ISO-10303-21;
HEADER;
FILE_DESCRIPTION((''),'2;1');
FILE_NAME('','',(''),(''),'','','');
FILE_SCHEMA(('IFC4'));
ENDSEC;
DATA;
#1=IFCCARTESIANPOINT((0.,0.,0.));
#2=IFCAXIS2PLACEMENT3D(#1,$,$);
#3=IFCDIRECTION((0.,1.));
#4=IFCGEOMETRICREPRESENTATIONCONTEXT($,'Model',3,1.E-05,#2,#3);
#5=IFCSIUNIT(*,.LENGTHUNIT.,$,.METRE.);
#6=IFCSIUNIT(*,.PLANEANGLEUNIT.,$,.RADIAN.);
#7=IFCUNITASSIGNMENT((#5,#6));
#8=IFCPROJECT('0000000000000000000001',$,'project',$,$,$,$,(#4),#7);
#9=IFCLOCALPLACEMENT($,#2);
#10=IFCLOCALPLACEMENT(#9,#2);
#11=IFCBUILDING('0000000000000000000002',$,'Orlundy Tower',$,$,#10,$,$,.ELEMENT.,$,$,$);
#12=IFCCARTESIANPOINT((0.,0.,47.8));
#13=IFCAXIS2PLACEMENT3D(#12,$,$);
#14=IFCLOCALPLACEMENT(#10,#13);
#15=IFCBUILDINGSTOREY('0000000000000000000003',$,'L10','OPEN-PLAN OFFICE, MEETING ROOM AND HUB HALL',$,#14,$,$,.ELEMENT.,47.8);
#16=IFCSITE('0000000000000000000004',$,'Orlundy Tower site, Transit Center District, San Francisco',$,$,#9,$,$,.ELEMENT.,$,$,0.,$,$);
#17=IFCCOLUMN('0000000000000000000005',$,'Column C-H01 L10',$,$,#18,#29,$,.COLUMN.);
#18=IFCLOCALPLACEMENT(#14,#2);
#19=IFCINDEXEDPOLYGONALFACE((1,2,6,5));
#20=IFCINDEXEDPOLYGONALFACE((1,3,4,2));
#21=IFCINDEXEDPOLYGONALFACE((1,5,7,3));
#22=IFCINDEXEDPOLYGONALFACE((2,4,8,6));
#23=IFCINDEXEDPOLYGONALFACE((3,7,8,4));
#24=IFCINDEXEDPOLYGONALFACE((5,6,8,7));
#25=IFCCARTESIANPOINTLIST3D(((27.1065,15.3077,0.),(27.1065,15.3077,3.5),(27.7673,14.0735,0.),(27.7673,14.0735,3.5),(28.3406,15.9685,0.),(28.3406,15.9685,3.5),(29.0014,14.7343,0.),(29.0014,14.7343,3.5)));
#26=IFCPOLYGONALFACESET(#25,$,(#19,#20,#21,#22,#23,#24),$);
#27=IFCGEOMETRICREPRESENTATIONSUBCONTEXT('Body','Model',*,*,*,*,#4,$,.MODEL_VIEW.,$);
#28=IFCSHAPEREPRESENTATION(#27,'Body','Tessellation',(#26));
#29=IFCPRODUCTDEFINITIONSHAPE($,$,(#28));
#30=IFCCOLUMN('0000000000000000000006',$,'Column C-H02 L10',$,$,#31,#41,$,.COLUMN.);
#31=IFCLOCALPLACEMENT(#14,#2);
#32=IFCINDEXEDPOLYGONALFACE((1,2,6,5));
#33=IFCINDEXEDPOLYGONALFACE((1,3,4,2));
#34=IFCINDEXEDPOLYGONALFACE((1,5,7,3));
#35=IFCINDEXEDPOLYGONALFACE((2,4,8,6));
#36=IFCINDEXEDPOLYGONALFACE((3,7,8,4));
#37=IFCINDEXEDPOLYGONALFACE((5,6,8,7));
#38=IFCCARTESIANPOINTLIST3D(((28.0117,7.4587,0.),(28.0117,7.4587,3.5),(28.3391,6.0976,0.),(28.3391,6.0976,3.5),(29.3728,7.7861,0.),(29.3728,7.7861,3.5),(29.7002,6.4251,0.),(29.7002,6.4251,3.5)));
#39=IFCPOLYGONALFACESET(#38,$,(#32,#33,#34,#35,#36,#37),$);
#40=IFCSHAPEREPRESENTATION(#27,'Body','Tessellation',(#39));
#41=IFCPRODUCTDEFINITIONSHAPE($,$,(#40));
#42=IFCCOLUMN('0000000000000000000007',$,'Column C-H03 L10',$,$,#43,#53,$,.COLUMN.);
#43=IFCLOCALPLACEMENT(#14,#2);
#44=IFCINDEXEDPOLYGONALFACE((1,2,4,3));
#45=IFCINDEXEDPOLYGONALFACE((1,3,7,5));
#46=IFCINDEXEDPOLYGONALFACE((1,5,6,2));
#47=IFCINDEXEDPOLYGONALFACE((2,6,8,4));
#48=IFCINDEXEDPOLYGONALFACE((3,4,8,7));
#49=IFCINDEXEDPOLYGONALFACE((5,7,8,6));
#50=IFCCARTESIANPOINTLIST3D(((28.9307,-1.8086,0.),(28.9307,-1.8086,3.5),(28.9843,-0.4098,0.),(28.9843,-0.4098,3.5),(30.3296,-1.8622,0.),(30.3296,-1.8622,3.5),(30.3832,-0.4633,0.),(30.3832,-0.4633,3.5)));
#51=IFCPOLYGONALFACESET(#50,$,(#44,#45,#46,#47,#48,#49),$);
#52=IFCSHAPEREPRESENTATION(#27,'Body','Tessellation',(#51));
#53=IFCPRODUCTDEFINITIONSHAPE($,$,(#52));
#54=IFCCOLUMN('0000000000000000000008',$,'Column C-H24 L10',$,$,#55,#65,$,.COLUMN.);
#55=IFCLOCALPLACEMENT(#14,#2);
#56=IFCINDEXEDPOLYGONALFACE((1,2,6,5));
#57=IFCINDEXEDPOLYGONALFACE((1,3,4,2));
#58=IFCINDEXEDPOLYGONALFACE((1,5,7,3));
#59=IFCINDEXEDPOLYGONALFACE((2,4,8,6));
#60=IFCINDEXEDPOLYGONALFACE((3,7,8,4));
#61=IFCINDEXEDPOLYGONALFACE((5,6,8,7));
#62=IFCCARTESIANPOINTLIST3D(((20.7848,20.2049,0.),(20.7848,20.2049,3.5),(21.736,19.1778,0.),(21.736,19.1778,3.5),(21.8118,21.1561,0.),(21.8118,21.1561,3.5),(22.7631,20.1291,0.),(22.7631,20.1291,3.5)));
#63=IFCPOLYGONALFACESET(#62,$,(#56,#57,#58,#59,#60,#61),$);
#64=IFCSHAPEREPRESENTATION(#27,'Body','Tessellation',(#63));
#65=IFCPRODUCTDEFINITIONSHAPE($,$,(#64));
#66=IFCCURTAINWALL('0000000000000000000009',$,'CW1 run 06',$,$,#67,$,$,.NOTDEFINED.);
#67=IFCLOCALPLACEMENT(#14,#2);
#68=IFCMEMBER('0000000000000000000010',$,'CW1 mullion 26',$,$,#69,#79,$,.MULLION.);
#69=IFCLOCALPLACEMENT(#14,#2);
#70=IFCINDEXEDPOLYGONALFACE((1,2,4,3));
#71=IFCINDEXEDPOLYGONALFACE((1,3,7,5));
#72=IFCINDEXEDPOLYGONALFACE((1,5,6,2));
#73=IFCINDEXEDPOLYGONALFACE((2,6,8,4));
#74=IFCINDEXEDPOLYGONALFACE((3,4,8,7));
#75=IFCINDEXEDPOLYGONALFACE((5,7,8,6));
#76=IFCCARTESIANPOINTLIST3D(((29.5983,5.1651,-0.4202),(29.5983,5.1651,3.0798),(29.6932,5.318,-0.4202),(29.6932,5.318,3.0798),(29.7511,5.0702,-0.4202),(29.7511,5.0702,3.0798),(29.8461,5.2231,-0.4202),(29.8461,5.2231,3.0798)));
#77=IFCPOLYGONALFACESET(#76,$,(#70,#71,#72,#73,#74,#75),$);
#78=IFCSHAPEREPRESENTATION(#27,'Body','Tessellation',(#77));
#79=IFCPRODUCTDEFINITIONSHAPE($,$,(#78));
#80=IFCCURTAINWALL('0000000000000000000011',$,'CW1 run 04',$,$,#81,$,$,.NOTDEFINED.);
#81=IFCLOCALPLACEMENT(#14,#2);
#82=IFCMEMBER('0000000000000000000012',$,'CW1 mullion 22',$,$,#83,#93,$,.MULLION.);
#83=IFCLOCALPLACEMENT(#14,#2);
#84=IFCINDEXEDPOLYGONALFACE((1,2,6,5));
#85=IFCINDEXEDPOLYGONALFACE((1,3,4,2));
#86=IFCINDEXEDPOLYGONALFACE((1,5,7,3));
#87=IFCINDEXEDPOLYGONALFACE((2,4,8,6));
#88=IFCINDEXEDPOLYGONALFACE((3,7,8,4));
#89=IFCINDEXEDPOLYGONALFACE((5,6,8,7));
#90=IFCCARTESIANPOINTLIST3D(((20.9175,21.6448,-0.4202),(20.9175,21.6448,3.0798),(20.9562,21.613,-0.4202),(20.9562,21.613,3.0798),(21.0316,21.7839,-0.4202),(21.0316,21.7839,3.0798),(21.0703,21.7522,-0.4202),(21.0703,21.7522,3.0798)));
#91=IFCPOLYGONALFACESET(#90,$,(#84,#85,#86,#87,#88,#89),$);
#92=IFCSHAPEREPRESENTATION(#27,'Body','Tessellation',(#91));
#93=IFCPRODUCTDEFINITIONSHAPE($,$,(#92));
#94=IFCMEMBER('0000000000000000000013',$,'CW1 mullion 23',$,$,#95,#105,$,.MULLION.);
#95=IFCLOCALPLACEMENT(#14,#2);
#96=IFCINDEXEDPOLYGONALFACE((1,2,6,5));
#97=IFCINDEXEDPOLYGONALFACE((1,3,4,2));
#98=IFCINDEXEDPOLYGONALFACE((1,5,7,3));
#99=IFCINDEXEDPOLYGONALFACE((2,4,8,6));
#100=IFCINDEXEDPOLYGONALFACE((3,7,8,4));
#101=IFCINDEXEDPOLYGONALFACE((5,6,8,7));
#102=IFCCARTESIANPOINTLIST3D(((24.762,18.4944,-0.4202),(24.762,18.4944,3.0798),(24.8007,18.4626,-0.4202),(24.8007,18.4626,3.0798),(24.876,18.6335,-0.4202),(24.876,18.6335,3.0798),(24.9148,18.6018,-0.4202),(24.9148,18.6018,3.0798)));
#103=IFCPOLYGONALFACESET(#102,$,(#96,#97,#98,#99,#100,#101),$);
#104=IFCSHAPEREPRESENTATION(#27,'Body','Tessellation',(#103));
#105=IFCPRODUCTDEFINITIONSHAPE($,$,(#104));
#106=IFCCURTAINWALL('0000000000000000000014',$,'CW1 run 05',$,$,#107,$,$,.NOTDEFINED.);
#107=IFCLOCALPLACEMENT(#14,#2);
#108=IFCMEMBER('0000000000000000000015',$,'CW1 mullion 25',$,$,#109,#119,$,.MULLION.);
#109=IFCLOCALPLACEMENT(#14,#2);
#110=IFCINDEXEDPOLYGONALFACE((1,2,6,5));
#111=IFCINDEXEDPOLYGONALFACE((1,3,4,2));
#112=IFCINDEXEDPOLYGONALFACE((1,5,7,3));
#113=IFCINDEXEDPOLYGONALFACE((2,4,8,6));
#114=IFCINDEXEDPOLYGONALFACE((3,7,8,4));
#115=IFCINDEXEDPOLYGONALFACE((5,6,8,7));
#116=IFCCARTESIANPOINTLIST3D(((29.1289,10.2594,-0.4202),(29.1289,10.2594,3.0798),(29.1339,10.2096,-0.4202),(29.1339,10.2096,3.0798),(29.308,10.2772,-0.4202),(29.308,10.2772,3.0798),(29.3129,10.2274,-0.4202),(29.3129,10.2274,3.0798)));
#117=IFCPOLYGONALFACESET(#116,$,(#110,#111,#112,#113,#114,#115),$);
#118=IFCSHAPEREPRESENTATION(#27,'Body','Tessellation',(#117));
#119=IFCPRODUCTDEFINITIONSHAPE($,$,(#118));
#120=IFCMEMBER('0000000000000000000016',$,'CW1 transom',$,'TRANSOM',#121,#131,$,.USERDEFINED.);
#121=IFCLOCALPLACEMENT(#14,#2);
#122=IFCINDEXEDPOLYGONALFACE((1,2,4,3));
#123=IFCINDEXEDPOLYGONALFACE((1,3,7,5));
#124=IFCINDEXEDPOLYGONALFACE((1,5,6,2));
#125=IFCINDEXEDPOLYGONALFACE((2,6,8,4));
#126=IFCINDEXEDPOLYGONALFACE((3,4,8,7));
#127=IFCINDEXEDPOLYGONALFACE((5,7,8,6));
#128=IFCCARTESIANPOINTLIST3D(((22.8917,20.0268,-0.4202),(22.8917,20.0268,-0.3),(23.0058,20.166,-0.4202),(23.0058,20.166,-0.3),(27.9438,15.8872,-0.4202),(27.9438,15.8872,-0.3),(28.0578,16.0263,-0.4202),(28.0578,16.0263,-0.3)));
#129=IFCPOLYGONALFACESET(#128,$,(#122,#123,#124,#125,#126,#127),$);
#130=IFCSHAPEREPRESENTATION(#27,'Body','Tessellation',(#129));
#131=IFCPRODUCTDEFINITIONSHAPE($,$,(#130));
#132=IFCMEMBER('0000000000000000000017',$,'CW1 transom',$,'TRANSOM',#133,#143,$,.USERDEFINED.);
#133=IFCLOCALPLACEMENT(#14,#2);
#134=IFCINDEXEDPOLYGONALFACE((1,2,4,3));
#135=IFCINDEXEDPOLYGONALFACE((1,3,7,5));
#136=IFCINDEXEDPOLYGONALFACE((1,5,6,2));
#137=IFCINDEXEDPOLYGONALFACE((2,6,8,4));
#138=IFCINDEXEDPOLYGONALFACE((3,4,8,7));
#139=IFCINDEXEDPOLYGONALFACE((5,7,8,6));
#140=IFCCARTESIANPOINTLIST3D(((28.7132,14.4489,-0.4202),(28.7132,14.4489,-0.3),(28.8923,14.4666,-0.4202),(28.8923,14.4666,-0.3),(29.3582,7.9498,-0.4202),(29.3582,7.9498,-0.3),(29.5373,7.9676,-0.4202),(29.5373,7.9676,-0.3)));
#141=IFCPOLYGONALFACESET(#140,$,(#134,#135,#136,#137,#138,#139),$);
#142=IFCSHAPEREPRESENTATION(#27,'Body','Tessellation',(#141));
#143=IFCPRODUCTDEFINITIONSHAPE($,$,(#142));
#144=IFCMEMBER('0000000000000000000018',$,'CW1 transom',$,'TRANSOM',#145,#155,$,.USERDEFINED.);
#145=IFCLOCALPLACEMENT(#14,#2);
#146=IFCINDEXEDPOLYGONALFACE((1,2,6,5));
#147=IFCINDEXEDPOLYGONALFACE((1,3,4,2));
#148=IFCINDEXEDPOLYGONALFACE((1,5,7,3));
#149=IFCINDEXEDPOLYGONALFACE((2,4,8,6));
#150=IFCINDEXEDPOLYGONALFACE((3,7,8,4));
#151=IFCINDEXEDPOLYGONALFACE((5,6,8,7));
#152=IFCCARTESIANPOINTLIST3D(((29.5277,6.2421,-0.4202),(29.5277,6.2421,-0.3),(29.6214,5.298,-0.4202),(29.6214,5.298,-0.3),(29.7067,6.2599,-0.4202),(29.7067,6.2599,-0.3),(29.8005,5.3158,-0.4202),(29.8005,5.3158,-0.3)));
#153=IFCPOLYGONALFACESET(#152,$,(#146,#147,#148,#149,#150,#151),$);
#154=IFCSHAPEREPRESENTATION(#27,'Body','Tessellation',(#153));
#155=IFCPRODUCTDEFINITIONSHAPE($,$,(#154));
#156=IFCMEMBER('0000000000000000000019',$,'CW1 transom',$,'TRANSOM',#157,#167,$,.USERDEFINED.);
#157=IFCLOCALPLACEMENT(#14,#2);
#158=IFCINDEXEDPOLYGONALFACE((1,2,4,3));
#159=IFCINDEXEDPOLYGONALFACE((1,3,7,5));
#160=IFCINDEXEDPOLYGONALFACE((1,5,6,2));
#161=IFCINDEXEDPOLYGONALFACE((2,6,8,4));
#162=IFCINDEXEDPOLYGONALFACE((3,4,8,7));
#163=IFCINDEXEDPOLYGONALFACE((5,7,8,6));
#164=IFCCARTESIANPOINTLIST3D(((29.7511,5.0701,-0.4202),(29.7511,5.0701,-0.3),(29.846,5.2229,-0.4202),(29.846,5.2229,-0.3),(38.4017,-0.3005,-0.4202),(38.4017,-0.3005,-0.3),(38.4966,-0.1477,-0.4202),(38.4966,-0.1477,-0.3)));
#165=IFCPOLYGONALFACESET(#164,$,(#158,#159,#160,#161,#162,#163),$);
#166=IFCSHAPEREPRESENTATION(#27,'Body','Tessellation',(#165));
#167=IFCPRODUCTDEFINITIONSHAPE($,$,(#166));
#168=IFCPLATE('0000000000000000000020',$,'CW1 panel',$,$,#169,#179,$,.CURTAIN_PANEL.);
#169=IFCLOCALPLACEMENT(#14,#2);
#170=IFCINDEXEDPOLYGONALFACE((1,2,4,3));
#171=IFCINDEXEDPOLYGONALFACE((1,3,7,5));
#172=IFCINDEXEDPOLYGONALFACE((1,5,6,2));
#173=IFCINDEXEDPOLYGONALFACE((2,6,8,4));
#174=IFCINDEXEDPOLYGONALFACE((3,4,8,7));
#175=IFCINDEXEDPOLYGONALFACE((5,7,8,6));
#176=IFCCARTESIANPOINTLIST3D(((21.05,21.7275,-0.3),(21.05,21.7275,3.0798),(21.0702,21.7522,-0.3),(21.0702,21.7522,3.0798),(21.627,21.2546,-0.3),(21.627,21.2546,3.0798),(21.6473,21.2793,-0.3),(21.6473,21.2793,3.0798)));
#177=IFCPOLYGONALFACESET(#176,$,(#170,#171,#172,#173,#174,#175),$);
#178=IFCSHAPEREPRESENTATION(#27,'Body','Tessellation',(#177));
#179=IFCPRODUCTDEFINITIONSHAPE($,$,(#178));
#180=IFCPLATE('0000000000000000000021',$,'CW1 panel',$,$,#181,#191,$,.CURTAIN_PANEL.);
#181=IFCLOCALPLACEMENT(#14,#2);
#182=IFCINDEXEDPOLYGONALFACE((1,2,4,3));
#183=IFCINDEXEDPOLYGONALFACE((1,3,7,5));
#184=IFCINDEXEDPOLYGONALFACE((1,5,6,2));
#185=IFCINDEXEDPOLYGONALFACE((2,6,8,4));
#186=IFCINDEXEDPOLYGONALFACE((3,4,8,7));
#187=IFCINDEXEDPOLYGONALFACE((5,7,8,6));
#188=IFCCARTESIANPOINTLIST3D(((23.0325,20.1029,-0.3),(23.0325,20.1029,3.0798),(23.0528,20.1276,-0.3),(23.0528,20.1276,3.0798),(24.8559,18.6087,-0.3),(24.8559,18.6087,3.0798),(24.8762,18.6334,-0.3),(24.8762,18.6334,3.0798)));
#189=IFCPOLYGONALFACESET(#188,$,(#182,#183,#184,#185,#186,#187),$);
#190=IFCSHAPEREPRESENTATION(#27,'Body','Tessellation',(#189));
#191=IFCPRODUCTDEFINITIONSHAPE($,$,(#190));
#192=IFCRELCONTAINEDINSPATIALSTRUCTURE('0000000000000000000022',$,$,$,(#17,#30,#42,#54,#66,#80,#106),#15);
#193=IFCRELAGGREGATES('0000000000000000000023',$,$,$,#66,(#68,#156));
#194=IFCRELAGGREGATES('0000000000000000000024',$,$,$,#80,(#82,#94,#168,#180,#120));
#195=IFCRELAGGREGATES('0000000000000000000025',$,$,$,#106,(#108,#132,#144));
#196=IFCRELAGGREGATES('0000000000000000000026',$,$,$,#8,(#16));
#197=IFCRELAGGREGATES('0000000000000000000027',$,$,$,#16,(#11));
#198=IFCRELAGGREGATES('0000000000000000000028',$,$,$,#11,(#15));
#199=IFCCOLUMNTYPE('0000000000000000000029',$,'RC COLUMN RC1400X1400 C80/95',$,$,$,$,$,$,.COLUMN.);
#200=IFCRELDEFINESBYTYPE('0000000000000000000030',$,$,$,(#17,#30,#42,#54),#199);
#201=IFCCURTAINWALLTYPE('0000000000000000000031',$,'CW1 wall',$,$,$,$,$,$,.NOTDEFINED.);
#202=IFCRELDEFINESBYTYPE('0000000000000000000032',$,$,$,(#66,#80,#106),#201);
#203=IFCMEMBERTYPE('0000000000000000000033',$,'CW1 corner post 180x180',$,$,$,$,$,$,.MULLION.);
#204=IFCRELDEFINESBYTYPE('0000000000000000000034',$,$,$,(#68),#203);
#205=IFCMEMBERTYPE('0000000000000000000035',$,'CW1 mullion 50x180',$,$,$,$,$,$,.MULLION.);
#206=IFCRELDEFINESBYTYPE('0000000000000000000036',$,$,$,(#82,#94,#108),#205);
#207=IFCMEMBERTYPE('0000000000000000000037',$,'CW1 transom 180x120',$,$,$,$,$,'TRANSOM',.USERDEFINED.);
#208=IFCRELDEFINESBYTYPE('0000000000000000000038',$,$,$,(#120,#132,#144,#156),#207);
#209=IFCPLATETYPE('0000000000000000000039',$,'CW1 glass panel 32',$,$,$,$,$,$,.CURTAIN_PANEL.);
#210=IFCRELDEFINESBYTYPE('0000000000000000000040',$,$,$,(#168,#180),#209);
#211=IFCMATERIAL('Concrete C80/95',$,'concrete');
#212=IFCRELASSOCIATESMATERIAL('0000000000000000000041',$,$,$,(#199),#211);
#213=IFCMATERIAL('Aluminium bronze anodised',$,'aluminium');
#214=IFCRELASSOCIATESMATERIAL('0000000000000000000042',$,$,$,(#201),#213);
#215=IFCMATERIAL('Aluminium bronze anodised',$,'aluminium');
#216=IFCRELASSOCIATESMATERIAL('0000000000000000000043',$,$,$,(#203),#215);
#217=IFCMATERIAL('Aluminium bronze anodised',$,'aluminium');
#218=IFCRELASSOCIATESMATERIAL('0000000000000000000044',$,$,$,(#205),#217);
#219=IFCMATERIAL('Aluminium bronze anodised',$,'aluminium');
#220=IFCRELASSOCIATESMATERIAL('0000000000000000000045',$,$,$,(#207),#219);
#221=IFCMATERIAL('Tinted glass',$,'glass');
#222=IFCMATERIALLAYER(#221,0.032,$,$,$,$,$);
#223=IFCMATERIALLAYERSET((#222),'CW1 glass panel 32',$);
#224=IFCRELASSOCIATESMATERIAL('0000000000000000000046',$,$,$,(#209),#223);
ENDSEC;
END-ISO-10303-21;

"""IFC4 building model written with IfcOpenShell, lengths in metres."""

from ifc_helpers import new_model, si_unit, direction, frame, origin, origin_2d, place, context, subcontext, project, spatial, rectangle, extrude, material, layer, layer_set, material_profile, profile_set, type_object, element, aggregate, save


model = new_model("IFC4")

# Units and contexts
model_context = context("Model", 3, precision=1e-05, world=origin(), true_north=direction((0.0, 1.0)))
body_context = subcontext(model_context, "Body", "Model", "MODEL_VIEW")
ifc_project = project(units=[si_unit("LENGTHUNIT", "METRE"), si_unit("PLANEANGLEUNIT", "RADIAN")], contexts=[model_context])

# Site, building, storey
site_placement = place(None, origin())
site = spatial("IfcSite", under=ifc_project, at=site_placement, Name="Orlundy Tower site, Transit Center District, San Francisco", CompositionType="ELEMENT", RefElevation=0.0)
building_placement = place(site_placement, origin())
building = spatial("IfcBuilding", under=site, at=building_placement, Name="Orlundy Tower", CompositionType="ELEMENT")
storey_placement = place(building_placement, frame((0.0, 0.0, 47.8)))
storey = spatial("IfcBuildingStorey", under=building, at=storey_placement, Name="L10", Description="OPEN-PLAN OFFICE, MEETING ROOM AND HUB HALL", CompositionType="ELEMENT", Elevation=47.8)

# Columns
ifc_material_1 = material(Name="Concrete C80/95", Category="concrete")
ifc_material_profile_1 = material_profile(ifc_material_1, rectangle(XDim=1.3999, YDim=1.3999, at=origin_2d()), Name="RC1400X1400")
ifc_profile_set_1 = profile_set([ifc_material_profile_1], Name="Concrete C80/95")
column_type = type_object("IfcColumnType", Name="RC COLUMN RC1400X1400 C80/95", PredefinedType="COLUMN", material=ifc_profile_set_1)
for number, where, z_axis, x_axis, name in (
    (1, (28.054, 15.021, 0.0), (0.0, 0.0, 1.0), (0.881584, 0.472028, 0.0), "Column C-H01 L10"),
    (2, (28.856, 6.9419, 0.0), (0.0, 0.0, 1.0), (0.97226, 0.233904, 0.0), "Column C-H02 L10"),
    (3, (29.657, -1.136, 0.0), (0.0, 0.0, 1.0), (0.999267, -0.038283, 0.0), "Column C-H03 L10"),
    (4, (21.7739, 20.167, 0.0), (0.0, 0.0, 1.0), (0.733659, 0.679518, 0.0), "Column C-H24 L10"),
):
    element("IfcColumn", number, at=place(storey_placement, frame(where, z_axis=z_axis, x_axis=x_axis)), inside=storey, type_object=column_type, Name=name, PredefinedType="COLUMN", context=body_context, shape_type="SweptSolid", body=[
        extrude(rectangle(XDim=1.3999, YDim=1.3999, at=origin_2d()), origin(), (0.0, 0.0, 1.0), 3.5),
    ])

# Curtain wall, member
ifc_material_2 = material(Name="Aluminium bronze anodised", Category="aluminium")
curtain_wall_type = type_object("IfcCurtainWallType", Name="CW1 wall", PredefinedType="NOTDEFINED", material=ifc_material_2)
curtain_wall_1_placement = place(storey_placement, origin())
curtain_wall_1 = element("IfcCurtainWall", 5, at=curtain_wall_1_placement, inside=storey, type_object=curtain_wall_type, Name="CW1 run 06", PredefinedType="NOTDEFINED")
ifc_material_3 = material(Name="Aluminium bronze anodised", Category="aluminium")
ifc_material_profile_2 = material_profile(ifc_material_3, rectangle(XDim=0.1799, YDim=0.1799, at=origin_2d()), Name="CW1 corner post 180x180")
ifc_profile_set_2 = profile_set([ifc_material_profile_2], Name="Aluminium bronze anodised")
member_type_1 = type_object("IfcMemberType", Name="CW1 corner post 180x180", PredefinedType="MULLION", material=ifc_profile_set_2)
member_1_placement = place(storey_placement, frame((29.7222, 5.1941, -0.4202), z_axis=(0.0, 0.0, 1.0), x_axis=(0.527453, 0.849584, 0.0)))
member_1 = element("IfcMember", 6, at=member_1_placement, type_object=member_type_1, Name="CW1 mullion 26", PredefinedType="MULLION", context=body_context, shape_type="SweptSolid", body=[
    extrude(rectangle(XDim=0.1799, YDim=0.1799, at=origin_2d()), origin(), (0.0, 0.0, 1.0), 3.5),
])

# Curtain wall, members
curtain_wall_2_placement = place(storey_placement, origin())
curtain_wall_2 = element("IfcCurtainWall", 7, at=curtain_wall_2_placement, inside=storey, type_object=curtain_wall_type, Name="CW1 run 04", PredefinedType="NOTDEFINED")
ifc_material_4 = material(Name="Aluminium bronze anodised", Category="aluminium")
ifc_material_profile_3 = material_profile(ifc_material_4, rectangle(XDim=0.1799, YDim=0.05, at=origin_2d()), Name="CW1 mullion 50x180")
ifc_profile_set_3 = profile_set([ifc_material_profile_3], Name="Aluminium bronze anodised")
member_type_2 = type_object("IfcMemberType", Name="CW1 mullion 50x180", PredefinedType="MULLION", material=ifc_profile_set_3)
member_2_placement = place(storey_placement, frame((20.9939, 21.6985, -0.4202), z_axis=(0.0, 0.0, 1.0), x_axis=(0.633818, 0.773482, 0.0)))
member_2 = element("IfcMember", 8, at=member_2_placement, type_object=member_type_2, Name="CW1 mullion 22", PredefinedType="MULLION", context=body_context, shape_type="SweptSolid", body=[
    extrude(rectangle(XDim=0.1799, YDim=0.05, at=origin_2d()), origin(), (0.0, 0.0, 1.0), 3.5),
])
member_3_placement = place(storey_placement, frame((24.8384, 18.5481, -0.4202), z_axis=(0.0, 0.0, 1.0), x_axis=(0.633818, 0.773482, 0.0)))
member_3 = element("IfcMember", 9, at=member_3_placement, type_object=member_type_2, Name="CW1 mullion 23", PredefinedType="MULLION", context=body_context, shape_type="SweptSolid", body=[
    extrude(rectangle(XDim=0.1799, YDim=0.05, at=origin_2d()), origin(), (0.0, 0.0, 1.0), 3.5),
])

# Curtain wall, member
curtain_wall_3_placement = place(storey_placement, origin())
curtain_wall_3 = element("IfcCurtainWall", 10, at=curtain_wall_3_placement, inside=storey, type_object=curtain_wall_type, Name="CW1 run 05", PredefinedType="NOTDEFINED")
member_4_placement = place(storey_placement, frame((29.2209, 10.2434, -0.4202), z_axis=(0.0, 0.0, 1.0), x_axis=(0.995111, 0.098759, 0.0)))
member_4 = element("IfcMember", 11, at=member_4_placement, type_object=member_type_2, Name="CW1 mullion 25", PredefinedType="MULLION", context=body_context, shape_type="SweptSolid", body=[
    extrude(rectangle(XDim=0.1799, YDim=0.05, at=origin_2d()), origin(), (0.0, 0.0, 1.0), 3.5),
])

# Members
ifc_material_5 = material(Name="Aluminium bronze anodised", Category="aluminium")
ifc_material_profile_4 = material_profile(ifc_material_5, rectangle(XDim=0.1799, YDim=0.1201, at=origin_2d()), Name="CW1 transom 180x120")
ifc_profile_set_4 = profile_set([ifc_material_profile_4], Name="Aluminium bronze anodised")
member_type_3 = type_object("IfcMemberType", Name="CW1 transom 180x120", ElementType="TRANSOM", PredefinedType="USERDEFINED", material=ifc_profile_set_4)
member_5_placement = place(storey_placement, frame((22.9487, 20.0964, -0.3601), z_axis=(0.773492, -0.633806, 0.0), x_axis=(0.633806, 0.773492, 0.0)))
member_5 = element("IfcMember", 12, at=member_5_placement, type_object=member_type_3, Name="CW1 transom", ObjectType="TRANSOM", PredefinedType="USERDEFINED", context=body_context, shape_type="SweptSolid", body=[
    extrude(rectangle(XDim=0.1799, YDim=0.1201, at=origin_2d()), origin(), (0.0, 0.0, 1.0), 6.5315),
])
member_6_placement = place(storey_placement, frame((28.8027, 14.4578, -0.3601), z_axis=(0.098763, -0.995111, 0.0), x_axis=(0.995111, 0.098763, 0.0)))
member_6 = element("IfcMember", 13, at=member_6_placement, type_object=member_type_3, Name="CW1 transom", ObjectType="TRANSOM", PredefinedType="USERDEFINED", context=body_context, shape_type="SweptSolid", body=[
    extrude(rectangle(XDim=0.1799, YDim=0.1201, at=origin_2d()), origin(), (0.0, 0.0, 1.0), 6.531),
])
member_7_placement = place(storey_placement, frame((29.6172, 6.251, -0.3601), z_axis=(0.098816, -0.995106, 0.0), x_axis=(0.995106, 0.098816, 0.0)))
member_7 = element("IfcMember", 14, at=member_7_placement, type_object=member_type_3, Name="CW1 transom", ObjectType="TRANSOM", PredefinedType="USERDEFINED", context=body_context, shape_type="SweptSolid", body=[
    extrude(rectangle(XDim=0.1799, YDim=0.1201, at=origin_2d()), origin(), (0.0, 0.0, 1.0), 0.9487),
])
member_8_placement = place(storey_placement, frame((29.7986, 5.1465, -0.3601), z_axis=(0.849585, -0.527451, 0.0), x_axis=(0.527451, 0.849585, 0.0)))
member_8 = element("IfcMember", 15, at=member_8_placement, type_object=member_type_3, Name="CW1 transom", ObjectType="TRANSOM", PredefinedType="USERDEFINED", context=body_context, shape_type="SweptSolid", body=[
    extrude(rectangle(XDim=0.1799, YDim=0.1201, at=origin_2d()), origin(), (0.0, 0.0, 1.0), 10.1821),
])
aggregate(curtain_wall_1, [member_1, member_8])

# Plates
ifc_material_6 = material(Name="Tinted glass", Category="glass")
ifc_layer_1 = layer(ifc_material_6, 0.032)
ifc_layer_set_1 = layer_set([ifc_layer_1], Name="CW1 glass panel 32")
plate_type = type_object("IfcPlateType", Name="CW1 glass panel 32", PredefinedType="CURTAIN_PANEL", material=ifc_layer_set_1)
plate_1_placement = place(storey_placement, frame((21.3486, 21.5034, -0.3), z_axis=(0.0, 0.0, 1.0), x_axis=(0.773482, -0.633818, 0.0)))
plate_1 = element("IfcPlate", 16, at=plate_1_placement, type_object=plate_type, Name="CW1 panel", PredefinedType="CURTAIN_PANEL", context=body_context, shape_type="SweptSolid", body=[
    extrude(rectangle(XDim=0.7461, YDim=0.032, at=origin_2d()), origin(), (0.0, 0.0, 1.0), 3.3799),
])
plate_2_placement = place(storey_placement, frame((23.9543, 19.3682, -0.3), z_axis=(0.0, 0.0, 1.0), x_axis=(0.773482, -0.633818, 0.0)))
plate_2 = element("IfcPlate", 17, at=plate_2_placement, type_object=plate_type, Name="CW1 panel", PredefinedType="CURTAIN_PANEL", context=body_context, shape_type="SweptSolid", body=[
    extrude(rectangle(XDim=2.3574, YDim=0.032, at=origin_2d()), origin(), (0.0, 0.0, 1.0), 3.3799),
])
aggregate(curtain_wall_2, [member_2, member_3, plate_1, plate_2, member_5])
aggregate(curtain_wall_3, [member_4, member_6, member_7])

save(model, "model.ifc")
